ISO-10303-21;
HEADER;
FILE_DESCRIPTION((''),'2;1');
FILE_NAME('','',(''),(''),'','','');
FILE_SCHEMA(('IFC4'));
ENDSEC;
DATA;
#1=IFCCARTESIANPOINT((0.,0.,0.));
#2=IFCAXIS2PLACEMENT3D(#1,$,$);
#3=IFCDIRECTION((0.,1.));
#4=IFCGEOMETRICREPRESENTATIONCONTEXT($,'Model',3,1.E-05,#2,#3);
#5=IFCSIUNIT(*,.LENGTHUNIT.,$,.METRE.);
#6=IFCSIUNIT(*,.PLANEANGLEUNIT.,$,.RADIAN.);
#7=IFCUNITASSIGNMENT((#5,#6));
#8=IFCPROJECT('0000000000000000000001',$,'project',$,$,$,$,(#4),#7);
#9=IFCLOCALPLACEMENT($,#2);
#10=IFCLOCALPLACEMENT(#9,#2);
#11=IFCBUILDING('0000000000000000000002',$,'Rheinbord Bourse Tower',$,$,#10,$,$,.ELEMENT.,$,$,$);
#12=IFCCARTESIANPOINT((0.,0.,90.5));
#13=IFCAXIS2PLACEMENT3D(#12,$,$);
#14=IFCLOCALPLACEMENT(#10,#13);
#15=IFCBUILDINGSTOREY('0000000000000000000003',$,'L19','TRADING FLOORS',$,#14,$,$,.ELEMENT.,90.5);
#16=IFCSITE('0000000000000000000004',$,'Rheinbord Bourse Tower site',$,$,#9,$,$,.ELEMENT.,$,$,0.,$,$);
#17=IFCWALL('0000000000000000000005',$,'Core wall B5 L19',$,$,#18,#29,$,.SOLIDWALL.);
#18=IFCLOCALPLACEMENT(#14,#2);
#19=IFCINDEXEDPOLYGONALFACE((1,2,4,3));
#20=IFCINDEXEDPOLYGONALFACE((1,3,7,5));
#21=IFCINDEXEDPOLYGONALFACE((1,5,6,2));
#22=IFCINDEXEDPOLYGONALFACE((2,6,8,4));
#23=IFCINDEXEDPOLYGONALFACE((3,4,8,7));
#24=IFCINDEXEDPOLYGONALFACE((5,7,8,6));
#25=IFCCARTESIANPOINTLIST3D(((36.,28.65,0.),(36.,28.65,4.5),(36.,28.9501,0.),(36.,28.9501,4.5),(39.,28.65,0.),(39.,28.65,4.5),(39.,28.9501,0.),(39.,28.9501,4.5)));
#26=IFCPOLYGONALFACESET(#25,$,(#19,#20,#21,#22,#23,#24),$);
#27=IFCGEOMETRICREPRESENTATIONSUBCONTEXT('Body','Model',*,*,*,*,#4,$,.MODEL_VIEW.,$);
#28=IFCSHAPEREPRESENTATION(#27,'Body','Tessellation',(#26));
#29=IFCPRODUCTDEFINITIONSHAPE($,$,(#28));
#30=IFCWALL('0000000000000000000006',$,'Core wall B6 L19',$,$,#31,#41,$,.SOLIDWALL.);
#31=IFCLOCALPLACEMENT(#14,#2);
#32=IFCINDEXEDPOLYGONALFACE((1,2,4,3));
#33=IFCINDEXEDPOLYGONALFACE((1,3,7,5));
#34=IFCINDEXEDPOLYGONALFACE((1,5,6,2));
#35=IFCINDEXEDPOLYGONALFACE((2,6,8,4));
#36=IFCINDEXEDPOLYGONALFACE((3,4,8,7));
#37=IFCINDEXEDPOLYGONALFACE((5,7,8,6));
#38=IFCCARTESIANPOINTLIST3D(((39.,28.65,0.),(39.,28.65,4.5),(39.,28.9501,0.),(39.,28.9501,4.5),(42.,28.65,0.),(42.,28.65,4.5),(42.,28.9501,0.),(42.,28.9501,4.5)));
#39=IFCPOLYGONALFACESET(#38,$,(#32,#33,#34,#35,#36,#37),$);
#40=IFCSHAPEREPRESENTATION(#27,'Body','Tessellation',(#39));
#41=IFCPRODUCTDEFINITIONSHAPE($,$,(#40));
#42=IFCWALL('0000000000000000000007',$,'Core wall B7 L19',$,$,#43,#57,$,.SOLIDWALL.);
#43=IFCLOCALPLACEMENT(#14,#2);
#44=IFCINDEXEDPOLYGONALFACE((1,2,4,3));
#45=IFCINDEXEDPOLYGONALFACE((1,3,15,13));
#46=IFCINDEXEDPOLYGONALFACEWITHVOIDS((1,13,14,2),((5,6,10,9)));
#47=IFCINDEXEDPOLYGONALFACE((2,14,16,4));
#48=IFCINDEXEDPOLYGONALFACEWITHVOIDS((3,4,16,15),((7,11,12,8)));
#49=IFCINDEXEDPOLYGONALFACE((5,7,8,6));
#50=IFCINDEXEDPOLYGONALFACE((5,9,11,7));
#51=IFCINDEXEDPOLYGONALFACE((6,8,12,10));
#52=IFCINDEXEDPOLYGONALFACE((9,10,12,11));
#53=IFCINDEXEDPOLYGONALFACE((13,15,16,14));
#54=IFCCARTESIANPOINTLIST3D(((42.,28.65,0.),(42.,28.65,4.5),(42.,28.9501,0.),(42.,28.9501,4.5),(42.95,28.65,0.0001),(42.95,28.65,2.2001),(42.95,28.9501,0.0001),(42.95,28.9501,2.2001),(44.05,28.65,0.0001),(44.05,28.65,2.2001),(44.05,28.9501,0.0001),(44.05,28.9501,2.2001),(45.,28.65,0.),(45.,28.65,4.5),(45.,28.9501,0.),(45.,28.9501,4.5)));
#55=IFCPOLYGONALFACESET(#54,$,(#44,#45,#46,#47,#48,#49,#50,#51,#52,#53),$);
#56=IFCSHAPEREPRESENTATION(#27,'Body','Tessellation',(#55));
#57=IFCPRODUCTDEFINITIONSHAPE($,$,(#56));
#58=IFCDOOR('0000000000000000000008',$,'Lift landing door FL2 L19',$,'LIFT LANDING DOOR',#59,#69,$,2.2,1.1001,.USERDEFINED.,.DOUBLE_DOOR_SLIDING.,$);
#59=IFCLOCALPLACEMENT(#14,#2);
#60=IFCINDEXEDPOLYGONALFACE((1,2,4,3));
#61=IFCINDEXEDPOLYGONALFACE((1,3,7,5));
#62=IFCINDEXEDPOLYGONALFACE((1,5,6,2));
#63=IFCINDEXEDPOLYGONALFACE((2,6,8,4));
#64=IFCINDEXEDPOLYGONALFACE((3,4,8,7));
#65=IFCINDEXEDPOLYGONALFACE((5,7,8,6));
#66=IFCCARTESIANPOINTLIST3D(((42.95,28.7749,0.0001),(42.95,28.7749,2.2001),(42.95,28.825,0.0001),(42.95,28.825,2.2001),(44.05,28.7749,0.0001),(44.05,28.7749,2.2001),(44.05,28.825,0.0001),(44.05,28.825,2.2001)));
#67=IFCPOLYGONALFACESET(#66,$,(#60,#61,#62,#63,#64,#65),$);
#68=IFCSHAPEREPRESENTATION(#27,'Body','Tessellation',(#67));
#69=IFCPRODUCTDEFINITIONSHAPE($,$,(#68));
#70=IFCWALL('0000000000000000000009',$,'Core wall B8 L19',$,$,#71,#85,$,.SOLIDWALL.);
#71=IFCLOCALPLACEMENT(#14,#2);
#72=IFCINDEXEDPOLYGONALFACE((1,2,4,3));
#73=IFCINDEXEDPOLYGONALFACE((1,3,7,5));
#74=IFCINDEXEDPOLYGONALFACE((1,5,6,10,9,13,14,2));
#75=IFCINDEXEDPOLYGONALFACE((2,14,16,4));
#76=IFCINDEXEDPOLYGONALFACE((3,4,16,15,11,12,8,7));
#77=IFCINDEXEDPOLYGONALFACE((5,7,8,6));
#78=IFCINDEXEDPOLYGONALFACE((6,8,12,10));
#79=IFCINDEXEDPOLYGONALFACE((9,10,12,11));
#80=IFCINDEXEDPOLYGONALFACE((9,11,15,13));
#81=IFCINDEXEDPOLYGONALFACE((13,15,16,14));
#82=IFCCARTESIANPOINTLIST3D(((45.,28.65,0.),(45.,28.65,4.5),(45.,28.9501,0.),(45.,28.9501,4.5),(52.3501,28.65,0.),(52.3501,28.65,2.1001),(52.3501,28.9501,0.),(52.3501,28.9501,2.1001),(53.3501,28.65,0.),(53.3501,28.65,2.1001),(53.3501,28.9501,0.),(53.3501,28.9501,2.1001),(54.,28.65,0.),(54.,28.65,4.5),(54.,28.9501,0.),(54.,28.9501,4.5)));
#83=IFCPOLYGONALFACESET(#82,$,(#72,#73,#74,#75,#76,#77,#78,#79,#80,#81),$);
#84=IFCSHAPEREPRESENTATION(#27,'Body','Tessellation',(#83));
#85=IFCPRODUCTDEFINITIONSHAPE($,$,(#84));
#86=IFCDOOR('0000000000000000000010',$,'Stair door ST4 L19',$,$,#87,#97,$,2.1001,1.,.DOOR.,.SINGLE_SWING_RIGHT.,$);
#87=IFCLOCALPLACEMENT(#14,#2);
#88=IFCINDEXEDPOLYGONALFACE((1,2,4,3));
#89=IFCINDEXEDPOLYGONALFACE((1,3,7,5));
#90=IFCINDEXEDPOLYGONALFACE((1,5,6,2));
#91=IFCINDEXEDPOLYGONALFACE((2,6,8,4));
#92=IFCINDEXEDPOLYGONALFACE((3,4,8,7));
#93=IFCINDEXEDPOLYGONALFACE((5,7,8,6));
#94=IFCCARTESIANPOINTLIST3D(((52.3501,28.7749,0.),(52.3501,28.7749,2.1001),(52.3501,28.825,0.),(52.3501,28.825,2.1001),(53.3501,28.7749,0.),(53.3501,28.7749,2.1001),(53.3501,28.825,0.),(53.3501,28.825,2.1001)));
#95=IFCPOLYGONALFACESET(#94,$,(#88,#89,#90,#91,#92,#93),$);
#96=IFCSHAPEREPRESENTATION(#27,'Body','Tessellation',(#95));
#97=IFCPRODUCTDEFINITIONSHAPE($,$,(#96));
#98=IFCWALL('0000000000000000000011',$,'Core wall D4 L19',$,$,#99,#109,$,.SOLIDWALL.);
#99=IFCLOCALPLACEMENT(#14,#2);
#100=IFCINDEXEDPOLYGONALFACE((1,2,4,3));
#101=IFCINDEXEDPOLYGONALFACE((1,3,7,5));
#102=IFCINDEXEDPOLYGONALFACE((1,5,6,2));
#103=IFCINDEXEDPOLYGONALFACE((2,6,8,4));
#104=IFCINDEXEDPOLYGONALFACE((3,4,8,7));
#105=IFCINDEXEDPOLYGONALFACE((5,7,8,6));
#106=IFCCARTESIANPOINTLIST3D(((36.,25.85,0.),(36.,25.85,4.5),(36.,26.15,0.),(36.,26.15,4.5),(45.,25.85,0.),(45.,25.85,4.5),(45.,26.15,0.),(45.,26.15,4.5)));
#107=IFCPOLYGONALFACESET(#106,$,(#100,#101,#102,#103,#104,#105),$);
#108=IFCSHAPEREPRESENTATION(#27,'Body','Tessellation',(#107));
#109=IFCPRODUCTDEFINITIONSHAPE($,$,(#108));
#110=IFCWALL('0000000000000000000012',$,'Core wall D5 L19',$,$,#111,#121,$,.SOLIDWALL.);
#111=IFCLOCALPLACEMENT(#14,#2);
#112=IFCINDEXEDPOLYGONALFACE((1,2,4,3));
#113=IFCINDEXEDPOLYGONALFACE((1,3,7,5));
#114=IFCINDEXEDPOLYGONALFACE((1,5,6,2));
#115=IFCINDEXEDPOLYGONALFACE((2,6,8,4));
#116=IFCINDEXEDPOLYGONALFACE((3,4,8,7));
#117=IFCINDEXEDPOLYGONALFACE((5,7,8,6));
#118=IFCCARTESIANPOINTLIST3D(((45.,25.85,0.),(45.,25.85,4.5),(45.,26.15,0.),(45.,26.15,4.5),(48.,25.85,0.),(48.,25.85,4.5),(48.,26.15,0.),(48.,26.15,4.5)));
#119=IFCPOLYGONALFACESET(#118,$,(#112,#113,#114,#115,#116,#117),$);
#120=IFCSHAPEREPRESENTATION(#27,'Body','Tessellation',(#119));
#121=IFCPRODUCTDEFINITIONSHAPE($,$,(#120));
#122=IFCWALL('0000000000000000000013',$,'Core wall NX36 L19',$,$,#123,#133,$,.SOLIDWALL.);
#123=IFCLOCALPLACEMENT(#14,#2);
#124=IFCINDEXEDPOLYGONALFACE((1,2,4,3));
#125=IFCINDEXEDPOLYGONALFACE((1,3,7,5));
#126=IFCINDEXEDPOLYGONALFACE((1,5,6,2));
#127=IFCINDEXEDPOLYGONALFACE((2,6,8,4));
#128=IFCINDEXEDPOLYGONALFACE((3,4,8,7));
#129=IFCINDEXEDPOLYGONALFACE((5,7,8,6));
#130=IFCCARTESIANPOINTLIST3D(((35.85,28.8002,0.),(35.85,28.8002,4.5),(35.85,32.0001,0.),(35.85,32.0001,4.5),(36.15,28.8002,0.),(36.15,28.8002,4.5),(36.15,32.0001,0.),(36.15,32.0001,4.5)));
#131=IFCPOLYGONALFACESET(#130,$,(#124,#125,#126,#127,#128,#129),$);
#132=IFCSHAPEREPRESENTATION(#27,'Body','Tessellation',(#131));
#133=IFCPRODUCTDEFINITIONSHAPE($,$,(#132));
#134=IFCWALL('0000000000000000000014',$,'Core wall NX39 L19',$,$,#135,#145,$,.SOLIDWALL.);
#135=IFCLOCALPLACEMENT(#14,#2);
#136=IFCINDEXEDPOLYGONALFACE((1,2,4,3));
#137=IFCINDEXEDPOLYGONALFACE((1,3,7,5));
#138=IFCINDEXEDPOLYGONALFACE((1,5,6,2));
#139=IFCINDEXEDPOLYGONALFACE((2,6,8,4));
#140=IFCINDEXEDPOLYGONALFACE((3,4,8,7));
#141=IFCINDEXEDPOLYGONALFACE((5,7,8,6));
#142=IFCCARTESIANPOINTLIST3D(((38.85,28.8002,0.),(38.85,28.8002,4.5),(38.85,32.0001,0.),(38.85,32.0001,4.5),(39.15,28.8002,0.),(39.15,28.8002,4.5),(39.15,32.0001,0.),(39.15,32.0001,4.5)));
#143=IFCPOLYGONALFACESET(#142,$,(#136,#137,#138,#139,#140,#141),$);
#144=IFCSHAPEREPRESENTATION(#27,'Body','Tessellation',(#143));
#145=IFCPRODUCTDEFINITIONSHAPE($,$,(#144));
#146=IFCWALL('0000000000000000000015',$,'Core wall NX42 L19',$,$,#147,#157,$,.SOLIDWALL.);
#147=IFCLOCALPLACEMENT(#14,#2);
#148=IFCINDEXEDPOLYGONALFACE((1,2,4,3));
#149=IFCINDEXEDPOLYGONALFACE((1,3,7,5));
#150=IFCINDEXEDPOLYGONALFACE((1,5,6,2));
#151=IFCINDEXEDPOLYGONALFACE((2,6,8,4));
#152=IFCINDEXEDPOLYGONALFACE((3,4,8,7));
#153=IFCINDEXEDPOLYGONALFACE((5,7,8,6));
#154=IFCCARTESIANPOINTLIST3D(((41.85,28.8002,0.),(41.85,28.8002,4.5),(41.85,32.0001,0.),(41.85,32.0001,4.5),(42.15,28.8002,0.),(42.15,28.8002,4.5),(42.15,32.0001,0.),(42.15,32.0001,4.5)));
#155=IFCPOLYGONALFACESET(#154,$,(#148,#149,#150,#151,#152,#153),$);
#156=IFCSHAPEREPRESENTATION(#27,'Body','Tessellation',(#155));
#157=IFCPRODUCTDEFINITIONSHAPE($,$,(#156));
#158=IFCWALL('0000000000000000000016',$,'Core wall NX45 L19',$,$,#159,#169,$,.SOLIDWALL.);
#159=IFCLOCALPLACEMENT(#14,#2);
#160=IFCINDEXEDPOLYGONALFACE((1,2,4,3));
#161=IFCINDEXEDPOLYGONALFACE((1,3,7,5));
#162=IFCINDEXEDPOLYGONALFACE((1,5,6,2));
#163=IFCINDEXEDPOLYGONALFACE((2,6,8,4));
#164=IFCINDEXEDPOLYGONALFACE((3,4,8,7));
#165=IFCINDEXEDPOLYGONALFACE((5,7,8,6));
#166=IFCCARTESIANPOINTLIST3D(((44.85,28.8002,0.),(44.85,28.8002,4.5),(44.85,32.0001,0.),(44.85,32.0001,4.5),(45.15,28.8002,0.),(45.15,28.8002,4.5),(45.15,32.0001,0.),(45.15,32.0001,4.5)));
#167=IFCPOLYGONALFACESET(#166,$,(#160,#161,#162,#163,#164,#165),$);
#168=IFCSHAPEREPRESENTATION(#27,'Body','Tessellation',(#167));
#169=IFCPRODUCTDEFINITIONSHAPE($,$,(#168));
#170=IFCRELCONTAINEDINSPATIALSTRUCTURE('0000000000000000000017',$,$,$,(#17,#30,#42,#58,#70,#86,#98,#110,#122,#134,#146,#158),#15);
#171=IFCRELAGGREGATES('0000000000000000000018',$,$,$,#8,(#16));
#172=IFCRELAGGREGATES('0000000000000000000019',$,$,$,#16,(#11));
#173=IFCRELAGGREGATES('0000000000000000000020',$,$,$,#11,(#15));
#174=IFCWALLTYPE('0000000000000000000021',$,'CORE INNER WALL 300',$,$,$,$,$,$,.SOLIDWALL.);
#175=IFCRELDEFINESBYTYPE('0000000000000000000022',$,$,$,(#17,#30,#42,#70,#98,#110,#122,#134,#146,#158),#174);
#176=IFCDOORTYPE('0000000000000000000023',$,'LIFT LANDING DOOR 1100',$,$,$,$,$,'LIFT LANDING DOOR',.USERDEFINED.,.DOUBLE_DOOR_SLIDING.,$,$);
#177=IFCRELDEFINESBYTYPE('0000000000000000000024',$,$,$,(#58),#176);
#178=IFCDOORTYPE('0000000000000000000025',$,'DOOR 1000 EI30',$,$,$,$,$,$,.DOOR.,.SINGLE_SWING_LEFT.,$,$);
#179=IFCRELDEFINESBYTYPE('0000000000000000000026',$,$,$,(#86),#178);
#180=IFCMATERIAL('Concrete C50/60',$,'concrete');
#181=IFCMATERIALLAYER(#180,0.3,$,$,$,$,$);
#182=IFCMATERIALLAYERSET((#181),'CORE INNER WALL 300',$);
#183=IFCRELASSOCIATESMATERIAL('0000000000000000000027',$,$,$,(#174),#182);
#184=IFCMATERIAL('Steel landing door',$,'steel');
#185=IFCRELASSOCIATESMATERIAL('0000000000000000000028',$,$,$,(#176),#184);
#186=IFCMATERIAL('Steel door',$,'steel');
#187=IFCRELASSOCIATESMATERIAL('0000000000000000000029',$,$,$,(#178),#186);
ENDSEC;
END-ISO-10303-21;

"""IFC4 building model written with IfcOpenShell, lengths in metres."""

from ifc_helpers import new_model, si_unit, direction, frame, frame_2d, origin, place, context, subcontext, project, spatial, rectangle, extrude, material, layer, layer_set, type_object, element, fill, save


model = new_model("IFC4")

# Units and contexts
model_context = context("Model", 3, precision=1e-05, world=origin(), true_north=direction((0.0, 1.0)))
body_context = subcontext(model_context, "Body", "Model", "MODEL_VIEW")
ifc_project = project(units=[si_unit("LENGTHUNIT", "METRE"), si_unit("PLANEANGLEUNIT", "RADIAN")], contexts=[model_context])

# Site, building, storey
site_placement = place(None, origin())
site = spatial("IfcSite", under=ifc_project, at=site_placement, Name="Rheinbord Bourse Tower site", CompositionType="ELEMENT", RefElevation=0.0)
building_placement = place(site_placement, origin())
building = spatial("IfcBuilding", under=site, at=building_placement, Name="Rheinbord Bourse Tower", CompositionType="ELEMENT")
storey_placement = place(building_placement, frame((0.0, 0.0, 90.5)))
storey = spatial("IfcBuildingStorey", under=building, at=storey_placement, Name="L19", Description="TRADING FLOORS", CompositionType="ELEMENT", Elevation=90.5)

# Walls
ifc_material_1 = material(Name="Concrete C50/60", Category="concrete")
ifc_layer_1 = layer(ifc_material_1, 0.3)
ifc_layer_set_1 = layer_set([ifc_layer_1], Name="CORE INNER WALL 300")
wall_type_1 = type_object("IfcWallType", Name="CORE INNER WALL 300", PredefinedType="SOLIDWALL", material=ifc_layer_set_1)
for number, where, z_axis, x_axis, name in (
    (1, (36.0, 28.8, 0.0), (0.0, 0.0, 1.0), (1.0, 0.0, 0.0), "Core wall B5 L19"),
    (2, (39.0, 28.8, 0.0), (0.0, 0.0, 1.0), (1.0, 0.0, 0.0), "Core wall B6 L19"),
):
    element("IfcWall", number, at=place(storey_placement, frame(where, z_axis=z_axis, x_axis=x_axis)), inside=storey, type_object=wall_type_1, Name=name, PredefinedType="SOLIDWALL", context=body_context, shape_type="SweptSolid", body=[
        extrude(rectangle(XDim=3.0, YDim=0.3, at=frame_2d((1.5, 0.0))), origin(), (0.0, 0.0, 1.0), 4.5),
    ])

# Walls, openings, doors
wall_1_placement = place(storey_placement, frame((42.0, 28.8, 0.0), z_axis=(0.0, 0.0, 1.0), x_axis=(1.0, 0.0, 0.0)))
wall_1 = element("IfcWall", 3, at=wall_1_placement, inside=storey, type_object=wall_type_1, Name="Core wall B7 L19", PredefinedType="SOLIDWALL", context=body_context, shape_type="SweptSolid", body=[
    extrude(rectangle(XDim=3.0, YDim=0.3, at=frame_2d((1.5, 0.0))), origin(), (0.0, 0.0, 1.0), 4.5),
])
opening_1_placement = place(wall_1_placement, frame((0.95, 0.0, 0.0)))
opening_1 = element("IfcOpeningElement", 4, at=opening_1_placement, cuts=wall_1, PredefinedType="OPENING", context=body_context, shape_type="SweptSolid", body=[
    extrude(rectangle(XDim=1.1001, YDim=2.2, at=frame_2d((0.55, 1.1001))), frame((0.0, 0.1599, 0.0), z_axis=(0.0, -1.0, 0.0), x_axis=(1.0, 0.0, 0.0)), (0.0, 0.0, 1.0), 0.3201),
])
ifc_material_2 = material(Name="Steel landing door", Category="steel")
door_type_1 = type_object("IfcDoorType", Name="LIFT LANDING DOOR 1100", ElementType="LIFT LANDING DOOR", OperationType="DOUBLE_DOOR_SLIDING", PredefinedType="USERDEFINED", material=ifc_material_2)
door_1_placement = place(opening_1_placement, origin())
door_1 = element("IfcDoor", 5, at=door_1_placement, inside=storey, type_object=door_type_1, Name="Lift landing door FL2 L19", ObjectType="LIFT LANDING DOOR", OperationType="DOUBLE_DOOR_SLIDING", OverallHeight=2.2, OverallWidth=1.1001, PredefinedType="USERDEFINED", context=body_context, shape_type="SweptSolid", body=[
    extrude(rectangle(XDim=1.1001, YDim=2.2, at=frame_2d((0.55, 1.1001))), frame((0.0, 0.0249, 0.0), z_axis=(0.0, -1.0, 0.0), x_axis=(1.0, 0.0, 0.0)), (0.0, 0.0, 1.0), 0.05),
])
fill(opening_1, door_1)
wall_2_placement = place(storey_placement, frame((45.0, 28.8, 0.0), z_axis=(0.0, 0.0, 1.0), x_axis=(1.0, 0.0, 0.0)))
wall_2 = element("IfcWall", 6, at=wall_2_placement, inside=storey, type_object=wall_type_1, Name="Core wall B8 L19", PredefinedType="SOLIDWALL", context=body_context, shape_type="SweptSolid", body=[
    extrude(rectangle(XDim=9.0, YDim=0.3, at=frame_2d((4.5, 0.0))), origin(), (0.0, 0.0, 1.0), 4.5),
])
opening_2_placement = place(wall_2_placement, frame((7.3501, 0.0, 0.0)))
opening_2 = element("IfcOpeningElement", 7, at=opening_2_placement, cuts=wall_2, PredefinedType="OPENING", context=body_context, shape_type="SweptSolid", body=[
    extrude(rectangle(XDim=1.0, YDim=2.1001, at=frame_2d((0.5, 1.05))), frame((0.0, 0.1599, 0.0), z_axis=(0.0, -1.0, 0.0), x_axis=(1.0, 0.0, 0.0)), (0.0, 0.0, 1.0), 0.3201),
])
ifc_material_3 = material(Name="Steel door", Category="steel")
door_type_2 = type_object("IfcDoorType", Name="DOOR 1000 EI30", OperationType="SINGLE_SWING_LEFT", PredefinedType="DOOR", material=ifc_material_3)
door_2_placement = place(opening_2_placement, origin())
door_2 = element("IfcDoor", 8, at=door_2_placement, inside=storey, type_object=door_type_2, Name="Stair door ST4 L19", OperationType="SINGLE_SWING_RIGHT", OverallHeight=2.1001, OverallWidth=1.0, PredefinedType="DOOR", context=body_context, shape_type="SweptSolid", body=[
    extrude(rectangle(XDim=1.0, YDim=2.1001, at=frame_2d((0.5, 1.05))), frame((0.0, 0.0249, 0.0), z_axis=(0.0, -1.0, 0.0), x_axis=(1.0, 0.0, 0.0)), (0.0, 0.0, 1.0), 0.05),
])
fill(opening_2, door_2)

# Walls
wall_3_placement = place(storey_placement, frame((36.0, 26.0, 0.0), z_axis=(0.0, 0.0, 1.0), x_axis=(1.0, 0.0, 0.0)))
element("IfcWall", 9, at=wall_3_placement, inside=storey, type_object=wall_type_1, Name="Core wall D4 L19", PredefinedType="SOLIDWALL", context=body_context, shape_type="SweptSolid", body=[
    extrude(rectangle(XDim=9.0, YDim=0.3, at=frame_2d((4.5, 0.0))), origin(), (0.0, 0.0, 1.0), 4.5),
])
wall_4_placement = place(storey_placement, frame((45.0, 26.0, 0.0), z_axis=(0.0, 0.0, 1.0), x_axis=(1.0, 0.0, 0.0)))
element("IfcWall", 10, at=wall_4_placement, inside=storey, type_object=wall_type_1, Name="Core wall D5 L19", PredefinedType="SOLIDWALL", context=body_context, shape_type="SweptSolid", body=[
    extrude(rectangle(XDim=3.0, YDim=0.3, at=frame_2d((1.5, 0.0))), origin(), (0.0, 0.0, 1.0), 4.5),
])
for number, where, z_axis, x_axis, name in (
    (11, (36.0, 28.8, 0.0), (0.0, 0.0, 1.0), (0.0, 1.0, 0.0), "Core wall NX36 L19"),
    (12, (39.0, 28.8, 0.0), (0.0, 0.0, 1.0), (0.0, 1.0, 0.0), "Core wall NX39 L19"),
    (13, (42.0, 28.8, 0.0), (0.0, 0.0, 1.0), (0.0, 1.0, 0.0), "Core wall NX42 L19"),
    (14, (45.0, 28.8, 0.0), (0.0, 0.0, 1.0), (0.0, 1.0, 0.0), "Core wall NX45 L19"),
):
    element("IfcWall", number, at=place(storey_placement, frame(where, z_axis=z_axis, x_axis=x_axis)), inside=storey, type_object=wall_type_1, Name=name, PredefinedType="SOLIDWALL", context=body_context, shape_type="SweptSolid", body=[
        extrude(rectangle(XDim=3.2, YDim=0.3, at=frame_2d((1.6001, 0.0))), origin(), (0.0, 0.0, 1.0), 4.5),
    ])

save(model, "model.ifc")
